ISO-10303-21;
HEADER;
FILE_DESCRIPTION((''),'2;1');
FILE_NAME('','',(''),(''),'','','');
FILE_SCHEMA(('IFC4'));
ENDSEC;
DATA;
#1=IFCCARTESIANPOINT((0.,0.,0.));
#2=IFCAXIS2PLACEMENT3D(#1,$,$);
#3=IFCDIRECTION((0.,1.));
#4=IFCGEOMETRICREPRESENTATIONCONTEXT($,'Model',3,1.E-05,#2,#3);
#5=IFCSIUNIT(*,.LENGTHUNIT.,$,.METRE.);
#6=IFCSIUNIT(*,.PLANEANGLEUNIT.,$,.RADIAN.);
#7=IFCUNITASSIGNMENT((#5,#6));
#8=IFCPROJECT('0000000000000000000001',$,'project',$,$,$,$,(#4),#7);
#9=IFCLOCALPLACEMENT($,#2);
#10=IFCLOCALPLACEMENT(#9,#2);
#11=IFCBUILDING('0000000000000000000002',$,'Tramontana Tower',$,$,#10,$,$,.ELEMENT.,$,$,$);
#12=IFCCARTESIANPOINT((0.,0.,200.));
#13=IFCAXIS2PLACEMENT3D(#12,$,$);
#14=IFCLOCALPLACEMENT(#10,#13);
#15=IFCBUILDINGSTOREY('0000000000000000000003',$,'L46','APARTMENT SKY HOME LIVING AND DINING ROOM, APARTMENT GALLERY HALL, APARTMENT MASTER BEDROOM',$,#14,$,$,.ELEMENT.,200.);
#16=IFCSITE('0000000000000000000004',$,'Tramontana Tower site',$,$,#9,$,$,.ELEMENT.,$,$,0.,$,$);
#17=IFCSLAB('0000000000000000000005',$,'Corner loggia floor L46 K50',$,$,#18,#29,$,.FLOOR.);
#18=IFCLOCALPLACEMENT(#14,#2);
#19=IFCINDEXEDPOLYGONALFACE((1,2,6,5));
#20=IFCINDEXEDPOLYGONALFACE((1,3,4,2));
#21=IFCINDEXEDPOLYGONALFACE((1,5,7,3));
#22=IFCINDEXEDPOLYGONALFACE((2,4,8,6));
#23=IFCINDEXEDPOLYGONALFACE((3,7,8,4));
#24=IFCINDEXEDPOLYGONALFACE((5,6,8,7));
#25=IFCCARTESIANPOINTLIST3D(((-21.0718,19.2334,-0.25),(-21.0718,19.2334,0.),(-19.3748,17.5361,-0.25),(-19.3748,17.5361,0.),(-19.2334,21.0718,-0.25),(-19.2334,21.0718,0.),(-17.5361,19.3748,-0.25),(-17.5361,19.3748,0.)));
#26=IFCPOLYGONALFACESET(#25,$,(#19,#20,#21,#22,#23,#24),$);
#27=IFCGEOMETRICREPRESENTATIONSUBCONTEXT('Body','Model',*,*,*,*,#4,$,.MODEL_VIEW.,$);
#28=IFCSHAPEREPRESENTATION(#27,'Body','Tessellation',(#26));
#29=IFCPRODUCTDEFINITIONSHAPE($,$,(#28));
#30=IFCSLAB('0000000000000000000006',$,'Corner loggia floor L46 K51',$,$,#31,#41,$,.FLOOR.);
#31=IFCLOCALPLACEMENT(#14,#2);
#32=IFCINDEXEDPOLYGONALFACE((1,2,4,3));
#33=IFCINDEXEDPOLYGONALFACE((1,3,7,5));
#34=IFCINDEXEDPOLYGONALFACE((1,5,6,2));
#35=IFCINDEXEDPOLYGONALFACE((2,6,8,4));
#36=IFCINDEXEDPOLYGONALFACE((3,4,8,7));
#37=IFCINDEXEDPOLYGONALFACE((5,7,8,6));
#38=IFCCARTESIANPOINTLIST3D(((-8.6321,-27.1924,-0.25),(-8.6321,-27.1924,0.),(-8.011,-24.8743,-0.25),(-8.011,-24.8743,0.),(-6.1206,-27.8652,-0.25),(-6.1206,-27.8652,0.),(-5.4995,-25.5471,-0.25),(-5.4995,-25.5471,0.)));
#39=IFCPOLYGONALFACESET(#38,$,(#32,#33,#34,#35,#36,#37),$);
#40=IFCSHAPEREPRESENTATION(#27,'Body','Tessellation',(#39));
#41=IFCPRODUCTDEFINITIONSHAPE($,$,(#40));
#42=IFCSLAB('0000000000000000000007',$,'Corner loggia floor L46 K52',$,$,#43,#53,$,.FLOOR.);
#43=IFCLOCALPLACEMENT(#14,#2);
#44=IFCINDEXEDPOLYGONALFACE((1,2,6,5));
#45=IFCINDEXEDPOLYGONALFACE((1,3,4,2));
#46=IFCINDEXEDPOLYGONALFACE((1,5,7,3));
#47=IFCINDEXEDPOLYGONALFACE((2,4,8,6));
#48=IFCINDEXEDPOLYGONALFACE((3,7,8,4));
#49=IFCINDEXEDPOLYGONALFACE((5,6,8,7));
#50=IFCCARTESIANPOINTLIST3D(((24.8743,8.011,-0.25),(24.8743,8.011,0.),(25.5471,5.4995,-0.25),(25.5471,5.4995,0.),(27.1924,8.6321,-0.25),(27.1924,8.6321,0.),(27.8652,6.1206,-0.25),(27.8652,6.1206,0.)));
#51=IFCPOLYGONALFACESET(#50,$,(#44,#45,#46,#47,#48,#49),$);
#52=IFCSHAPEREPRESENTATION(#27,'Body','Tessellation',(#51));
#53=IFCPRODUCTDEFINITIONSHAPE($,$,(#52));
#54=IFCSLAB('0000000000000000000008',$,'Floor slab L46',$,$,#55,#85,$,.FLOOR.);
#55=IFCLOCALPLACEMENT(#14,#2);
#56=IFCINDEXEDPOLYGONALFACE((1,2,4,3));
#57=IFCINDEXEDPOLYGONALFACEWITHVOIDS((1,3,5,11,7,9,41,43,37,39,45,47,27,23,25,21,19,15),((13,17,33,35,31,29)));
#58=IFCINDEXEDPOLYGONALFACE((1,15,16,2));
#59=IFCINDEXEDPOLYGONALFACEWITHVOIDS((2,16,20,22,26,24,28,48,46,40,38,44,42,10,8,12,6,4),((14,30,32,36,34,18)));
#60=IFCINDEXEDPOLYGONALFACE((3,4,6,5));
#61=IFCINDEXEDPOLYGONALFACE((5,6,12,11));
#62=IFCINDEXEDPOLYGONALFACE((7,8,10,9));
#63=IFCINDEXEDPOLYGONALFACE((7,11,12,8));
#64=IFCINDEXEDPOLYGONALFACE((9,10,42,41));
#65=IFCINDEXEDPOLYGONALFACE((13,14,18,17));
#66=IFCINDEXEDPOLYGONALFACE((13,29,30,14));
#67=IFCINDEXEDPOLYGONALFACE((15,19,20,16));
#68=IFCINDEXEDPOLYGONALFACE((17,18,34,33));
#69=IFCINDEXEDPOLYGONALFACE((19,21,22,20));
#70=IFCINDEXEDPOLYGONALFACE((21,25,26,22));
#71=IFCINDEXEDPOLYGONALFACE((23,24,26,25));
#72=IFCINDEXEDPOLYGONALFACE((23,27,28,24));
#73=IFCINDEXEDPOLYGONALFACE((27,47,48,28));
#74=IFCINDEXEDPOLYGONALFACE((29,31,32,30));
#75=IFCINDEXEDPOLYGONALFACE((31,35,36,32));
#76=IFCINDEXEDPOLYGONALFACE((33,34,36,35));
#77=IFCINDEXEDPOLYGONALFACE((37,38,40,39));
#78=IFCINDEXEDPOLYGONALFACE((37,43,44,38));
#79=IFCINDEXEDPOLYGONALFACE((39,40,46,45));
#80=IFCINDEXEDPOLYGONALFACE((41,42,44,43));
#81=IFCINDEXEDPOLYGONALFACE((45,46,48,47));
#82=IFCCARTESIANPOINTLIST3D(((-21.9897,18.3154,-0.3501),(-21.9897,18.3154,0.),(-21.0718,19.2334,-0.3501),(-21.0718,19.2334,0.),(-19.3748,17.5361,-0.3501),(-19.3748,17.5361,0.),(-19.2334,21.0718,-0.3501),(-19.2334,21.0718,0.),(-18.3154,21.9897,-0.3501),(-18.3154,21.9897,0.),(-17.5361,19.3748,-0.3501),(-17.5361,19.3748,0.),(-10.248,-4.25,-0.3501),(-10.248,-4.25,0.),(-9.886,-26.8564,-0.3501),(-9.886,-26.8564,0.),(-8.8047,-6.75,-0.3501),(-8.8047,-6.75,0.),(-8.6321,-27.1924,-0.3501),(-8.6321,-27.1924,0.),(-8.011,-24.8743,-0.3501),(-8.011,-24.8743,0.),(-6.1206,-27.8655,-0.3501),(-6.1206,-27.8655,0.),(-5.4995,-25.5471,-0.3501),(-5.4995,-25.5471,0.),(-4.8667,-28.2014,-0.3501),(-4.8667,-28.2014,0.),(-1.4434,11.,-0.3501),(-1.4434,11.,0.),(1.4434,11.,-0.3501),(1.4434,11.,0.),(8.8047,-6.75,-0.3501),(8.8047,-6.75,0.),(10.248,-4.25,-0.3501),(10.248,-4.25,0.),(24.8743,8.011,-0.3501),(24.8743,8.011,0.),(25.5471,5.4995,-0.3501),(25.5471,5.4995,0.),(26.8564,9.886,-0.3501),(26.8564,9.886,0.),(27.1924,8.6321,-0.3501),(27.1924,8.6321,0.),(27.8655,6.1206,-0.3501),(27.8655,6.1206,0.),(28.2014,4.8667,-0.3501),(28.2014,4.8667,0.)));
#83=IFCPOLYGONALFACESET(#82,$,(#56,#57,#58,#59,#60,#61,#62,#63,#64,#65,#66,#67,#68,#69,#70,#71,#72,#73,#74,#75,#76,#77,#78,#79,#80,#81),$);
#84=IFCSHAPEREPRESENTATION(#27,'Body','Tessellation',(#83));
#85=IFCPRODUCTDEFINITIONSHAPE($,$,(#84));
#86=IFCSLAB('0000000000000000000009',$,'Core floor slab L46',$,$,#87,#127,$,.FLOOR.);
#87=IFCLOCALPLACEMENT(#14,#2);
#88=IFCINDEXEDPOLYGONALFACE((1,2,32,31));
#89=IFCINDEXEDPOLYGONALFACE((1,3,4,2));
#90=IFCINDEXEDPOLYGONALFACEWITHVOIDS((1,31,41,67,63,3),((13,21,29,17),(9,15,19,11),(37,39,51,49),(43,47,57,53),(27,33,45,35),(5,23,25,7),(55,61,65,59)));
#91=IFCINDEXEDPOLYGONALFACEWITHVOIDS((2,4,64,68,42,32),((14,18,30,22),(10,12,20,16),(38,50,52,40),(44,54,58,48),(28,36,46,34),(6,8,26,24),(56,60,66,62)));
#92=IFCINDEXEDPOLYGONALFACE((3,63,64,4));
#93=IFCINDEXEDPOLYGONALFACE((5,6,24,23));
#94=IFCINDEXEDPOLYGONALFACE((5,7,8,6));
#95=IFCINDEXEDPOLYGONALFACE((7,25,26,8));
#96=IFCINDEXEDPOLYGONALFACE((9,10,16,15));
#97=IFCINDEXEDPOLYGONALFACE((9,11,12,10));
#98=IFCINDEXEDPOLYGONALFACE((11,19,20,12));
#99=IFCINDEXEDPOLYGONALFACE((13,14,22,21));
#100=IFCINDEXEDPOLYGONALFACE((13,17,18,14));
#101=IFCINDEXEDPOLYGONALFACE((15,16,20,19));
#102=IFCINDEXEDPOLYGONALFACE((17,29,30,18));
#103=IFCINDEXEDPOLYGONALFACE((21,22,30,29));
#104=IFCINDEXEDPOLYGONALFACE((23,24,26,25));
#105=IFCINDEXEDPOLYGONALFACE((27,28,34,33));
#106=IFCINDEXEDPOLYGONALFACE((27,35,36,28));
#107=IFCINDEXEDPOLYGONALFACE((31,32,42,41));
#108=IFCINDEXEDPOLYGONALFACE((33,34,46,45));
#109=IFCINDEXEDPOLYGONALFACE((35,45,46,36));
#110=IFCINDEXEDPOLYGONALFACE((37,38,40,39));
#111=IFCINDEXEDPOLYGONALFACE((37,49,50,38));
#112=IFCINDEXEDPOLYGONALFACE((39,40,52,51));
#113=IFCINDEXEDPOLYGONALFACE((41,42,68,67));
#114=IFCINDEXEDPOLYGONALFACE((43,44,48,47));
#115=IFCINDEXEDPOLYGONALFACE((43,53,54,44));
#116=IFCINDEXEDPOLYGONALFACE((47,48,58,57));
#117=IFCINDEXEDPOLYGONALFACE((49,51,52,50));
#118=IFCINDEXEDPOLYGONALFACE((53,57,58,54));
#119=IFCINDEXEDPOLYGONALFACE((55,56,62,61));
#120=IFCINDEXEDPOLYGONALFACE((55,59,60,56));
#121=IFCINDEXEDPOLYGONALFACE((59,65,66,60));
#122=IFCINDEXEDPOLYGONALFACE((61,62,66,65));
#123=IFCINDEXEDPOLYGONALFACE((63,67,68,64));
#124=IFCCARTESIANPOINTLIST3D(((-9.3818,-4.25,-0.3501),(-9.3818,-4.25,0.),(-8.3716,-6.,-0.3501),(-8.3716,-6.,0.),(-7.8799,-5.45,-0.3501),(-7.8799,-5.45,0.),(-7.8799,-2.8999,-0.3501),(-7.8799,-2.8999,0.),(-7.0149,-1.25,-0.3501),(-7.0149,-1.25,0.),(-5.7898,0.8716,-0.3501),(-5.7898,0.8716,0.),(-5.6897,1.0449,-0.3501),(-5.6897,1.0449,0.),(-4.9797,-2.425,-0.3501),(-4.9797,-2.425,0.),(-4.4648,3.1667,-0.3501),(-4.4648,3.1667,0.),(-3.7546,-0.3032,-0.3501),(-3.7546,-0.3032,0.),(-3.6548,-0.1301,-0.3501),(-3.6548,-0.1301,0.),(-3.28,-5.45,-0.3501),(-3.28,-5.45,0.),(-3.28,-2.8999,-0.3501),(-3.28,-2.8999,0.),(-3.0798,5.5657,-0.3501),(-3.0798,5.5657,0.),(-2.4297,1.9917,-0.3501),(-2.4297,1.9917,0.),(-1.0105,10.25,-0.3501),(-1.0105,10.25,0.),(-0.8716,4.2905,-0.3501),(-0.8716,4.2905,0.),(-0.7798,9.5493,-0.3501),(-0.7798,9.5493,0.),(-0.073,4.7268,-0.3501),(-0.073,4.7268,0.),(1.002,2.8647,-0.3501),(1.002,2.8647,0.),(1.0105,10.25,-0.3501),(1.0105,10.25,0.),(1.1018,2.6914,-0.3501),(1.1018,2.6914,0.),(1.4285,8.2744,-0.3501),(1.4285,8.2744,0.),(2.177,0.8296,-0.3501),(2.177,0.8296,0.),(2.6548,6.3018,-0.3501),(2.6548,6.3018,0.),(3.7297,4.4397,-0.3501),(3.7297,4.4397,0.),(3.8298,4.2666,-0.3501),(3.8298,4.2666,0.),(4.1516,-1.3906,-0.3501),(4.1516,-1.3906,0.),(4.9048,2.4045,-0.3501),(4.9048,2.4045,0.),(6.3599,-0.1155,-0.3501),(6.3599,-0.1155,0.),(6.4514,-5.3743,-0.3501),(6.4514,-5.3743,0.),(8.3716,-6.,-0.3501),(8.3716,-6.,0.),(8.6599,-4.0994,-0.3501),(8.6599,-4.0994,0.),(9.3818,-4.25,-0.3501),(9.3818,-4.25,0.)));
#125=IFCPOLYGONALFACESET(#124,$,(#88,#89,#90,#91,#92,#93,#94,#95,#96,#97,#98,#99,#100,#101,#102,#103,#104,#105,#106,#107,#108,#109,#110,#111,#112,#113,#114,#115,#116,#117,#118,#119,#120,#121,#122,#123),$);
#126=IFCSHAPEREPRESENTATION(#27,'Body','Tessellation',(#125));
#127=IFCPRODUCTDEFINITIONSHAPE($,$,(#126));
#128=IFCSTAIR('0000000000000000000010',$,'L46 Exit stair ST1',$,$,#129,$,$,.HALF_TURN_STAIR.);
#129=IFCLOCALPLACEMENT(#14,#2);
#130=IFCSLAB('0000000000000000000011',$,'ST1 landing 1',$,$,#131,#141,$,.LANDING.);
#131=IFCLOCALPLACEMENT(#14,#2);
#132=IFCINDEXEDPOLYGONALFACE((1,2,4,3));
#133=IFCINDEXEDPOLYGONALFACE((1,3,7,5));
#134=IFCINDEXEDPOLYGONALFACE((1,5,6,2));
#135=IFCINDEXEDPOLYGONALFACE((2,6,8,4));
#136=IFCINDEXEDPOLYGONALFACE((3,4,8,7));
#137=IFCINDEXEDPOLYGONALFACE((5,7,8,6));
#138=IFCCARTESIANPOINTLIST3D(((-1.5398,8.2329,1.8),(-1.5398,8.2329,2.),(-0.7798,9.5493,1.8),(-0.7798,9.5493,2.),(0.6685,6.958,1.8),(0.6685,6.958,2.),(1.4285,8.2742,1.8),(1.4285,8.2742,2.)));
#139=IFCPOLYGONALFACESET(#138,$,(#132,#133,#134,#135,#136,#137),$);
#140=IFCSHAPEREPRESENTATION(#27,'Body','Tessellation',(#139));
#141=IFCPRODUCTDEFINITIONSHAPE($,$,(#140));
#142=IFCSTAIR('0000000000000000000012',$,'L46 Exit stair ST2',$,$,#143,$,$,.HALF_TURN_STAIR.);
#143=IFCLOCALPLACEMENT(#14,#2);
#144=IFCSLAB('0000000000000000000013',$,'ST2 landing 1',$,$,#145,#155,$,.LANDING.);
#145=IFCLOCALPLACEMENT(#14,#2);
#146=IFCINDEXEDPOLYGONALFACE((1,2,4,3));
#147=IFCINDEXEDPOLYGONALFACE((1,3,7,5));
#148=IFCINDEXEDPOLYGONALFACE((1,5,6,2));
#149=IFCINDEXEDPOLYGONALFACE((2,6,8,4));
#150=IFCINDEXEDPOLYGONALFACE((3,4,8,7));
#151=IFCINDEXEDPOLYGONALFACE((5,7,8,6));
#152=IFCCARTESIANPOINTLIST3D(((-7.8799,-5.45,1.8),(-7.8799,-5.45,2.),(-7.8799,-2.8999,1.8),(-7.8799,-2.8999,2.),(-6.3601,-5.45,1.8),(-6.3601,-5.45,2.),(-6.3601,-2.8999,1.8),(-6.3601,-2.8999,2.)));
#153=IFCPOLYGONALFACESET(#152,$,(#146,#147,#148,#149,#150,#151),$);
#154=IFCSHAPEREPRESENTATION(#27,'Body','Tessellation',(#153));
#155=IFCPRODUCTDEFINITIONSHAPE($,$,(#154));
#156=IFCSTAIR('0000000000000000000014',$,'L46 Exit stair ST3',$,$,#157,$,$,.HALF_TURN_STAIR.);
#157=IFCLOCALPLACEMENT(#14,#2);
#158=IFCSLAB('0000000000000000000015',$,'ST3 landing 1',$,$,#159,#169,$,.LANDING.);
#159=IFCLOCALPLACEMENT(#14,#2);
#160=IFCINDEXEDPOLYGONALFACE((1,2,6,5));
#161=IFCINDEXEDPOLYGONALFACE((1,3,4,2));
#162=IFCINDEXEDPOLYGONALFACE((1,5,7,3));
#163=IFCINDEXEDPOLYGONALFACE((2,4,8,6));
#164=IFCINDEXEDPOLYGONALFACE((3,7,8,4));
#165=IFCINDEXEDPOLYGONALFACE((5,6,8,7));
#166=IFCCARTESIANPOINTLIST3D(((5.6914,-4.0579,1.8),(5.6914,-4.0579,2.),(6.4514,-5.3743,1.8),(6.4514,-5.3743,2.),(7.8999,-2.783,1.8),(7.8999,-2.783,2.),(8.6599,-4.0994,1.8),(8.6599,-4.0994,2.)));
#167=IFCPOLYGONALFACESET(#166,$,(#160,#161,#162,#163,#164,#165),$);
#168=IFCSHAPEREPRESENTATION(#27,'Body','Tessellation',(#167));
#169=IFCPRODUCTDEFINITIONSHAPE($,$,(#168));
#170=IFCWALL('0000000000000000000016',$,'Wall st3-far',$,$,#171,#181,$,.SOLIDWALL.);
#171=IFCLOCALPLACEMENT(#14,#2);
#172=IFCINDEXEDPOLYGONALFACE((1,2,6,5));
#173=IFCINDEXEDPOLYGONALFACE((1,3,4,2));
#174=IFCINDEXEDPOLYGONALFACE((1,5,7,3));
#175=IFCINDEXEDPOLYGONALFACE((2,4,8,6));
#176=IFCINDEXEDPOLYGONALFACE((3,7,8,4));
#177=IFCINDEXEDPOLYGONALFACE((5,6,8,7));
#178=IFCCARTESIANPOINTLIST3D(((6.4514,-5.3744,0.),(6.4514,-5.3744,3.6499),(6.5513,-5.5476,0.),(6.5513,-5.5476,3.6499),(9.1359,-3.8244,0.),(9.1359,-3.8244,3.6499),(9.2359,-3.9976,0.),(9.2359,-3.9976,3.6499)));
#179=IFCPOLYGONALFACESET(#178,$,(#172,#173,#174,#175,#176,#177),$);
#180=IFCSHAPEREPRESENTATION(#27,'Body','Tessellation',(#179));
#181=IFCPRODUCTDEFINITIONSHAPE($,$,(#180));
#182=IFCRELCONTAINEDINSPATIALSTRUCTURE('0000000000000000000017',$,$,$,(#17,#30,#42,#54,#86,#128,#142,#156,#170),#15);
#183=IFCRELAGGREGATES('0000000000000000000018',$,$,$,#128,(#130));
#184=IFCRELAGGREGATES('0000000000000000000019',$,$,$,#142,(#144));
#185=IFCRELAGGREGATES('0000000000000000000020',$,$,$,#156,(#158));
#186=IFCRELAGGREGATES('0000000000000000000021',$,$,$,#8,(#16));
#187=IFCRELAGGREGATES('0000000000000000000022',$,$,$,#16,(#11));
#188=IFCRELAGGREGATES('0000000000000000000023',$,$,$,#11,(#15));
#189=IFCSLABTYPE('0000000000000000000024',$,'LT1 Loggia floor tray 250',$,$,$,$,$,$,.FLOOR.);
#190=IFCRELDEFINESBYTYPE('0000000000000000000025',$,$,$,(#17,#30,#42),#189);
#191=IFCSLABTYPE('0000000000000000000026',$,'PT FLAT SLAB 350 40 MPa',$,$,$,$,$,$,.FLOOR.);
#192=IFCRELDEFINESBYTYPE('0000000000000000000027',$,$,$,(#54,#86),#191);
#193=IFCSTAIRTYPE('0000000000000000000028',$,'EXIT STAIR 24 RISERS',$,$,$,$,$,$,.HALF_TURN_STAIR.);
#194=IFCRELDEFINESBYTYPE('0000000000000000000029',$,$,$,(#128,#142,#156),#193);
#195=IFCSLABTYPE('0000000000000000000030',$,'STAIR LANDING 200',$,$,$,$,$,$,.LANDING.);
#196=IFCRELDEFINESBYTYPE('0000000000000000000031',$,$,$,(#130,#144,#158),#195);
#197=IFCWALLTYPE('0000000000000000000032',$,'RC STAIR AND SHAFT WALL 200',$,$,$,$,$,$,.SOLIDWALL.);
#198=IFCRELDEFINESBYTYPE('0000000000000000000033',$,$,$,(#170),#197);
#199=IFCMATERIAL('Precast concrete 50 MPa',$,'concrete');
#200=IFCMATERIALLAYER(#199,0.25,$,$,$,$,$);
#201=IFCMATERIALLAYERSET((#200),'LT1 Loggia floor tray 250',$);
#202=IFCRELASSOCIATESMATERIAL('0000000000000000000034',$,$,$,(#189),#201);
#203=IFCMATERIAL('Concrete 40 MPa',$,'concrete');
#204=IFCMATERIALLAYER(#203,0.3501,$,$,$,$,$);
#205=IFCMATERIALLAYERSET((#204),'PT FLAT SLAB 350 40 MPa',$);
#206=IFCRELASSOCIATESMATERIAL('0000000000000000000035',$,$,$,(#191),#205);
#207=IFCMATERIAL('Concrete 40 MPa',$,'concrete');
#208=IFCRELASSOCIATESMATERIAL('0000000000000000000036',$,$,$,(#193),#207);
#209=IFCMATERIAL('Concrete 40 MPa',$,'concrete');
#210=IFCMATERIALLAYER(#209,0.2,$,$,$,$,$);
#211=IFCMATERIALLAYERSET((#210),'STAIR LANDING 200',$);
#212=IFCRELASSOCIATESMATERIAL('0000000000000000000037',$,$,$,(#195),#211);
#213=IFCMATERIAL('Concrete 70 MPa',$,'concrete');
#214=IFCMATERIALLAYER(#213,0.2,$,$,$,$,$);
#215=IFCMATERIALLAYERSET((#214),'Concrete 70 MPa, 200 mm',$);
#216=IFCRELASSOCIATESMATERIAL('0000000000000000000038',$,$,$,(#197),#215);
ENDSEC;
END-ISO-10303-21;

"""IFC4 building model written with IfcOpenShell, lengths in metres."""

from ifc_helpers import new_model, si_unit, direction, frame, frame_2d, origin, place, context, subcontext, project, spatial, polyline, rectangle, outline, extrude, material, layer, layer_set, type_object, element, aggregate, save


model = new_model("IFC4")

# Units and contexts
model_context = context("Model", 3, precision=1e-05, world=origin(), true_north=direction((0.0, 1.0)))
body_context = subcontext(model_context, "Body", "Model", "MODEL_VIEW")
ifc_project = project(units=[si_unit("LENGTHUNIT", "METRE"), si_unit("PLANEANGLEUNIT", "RADIAN")], contexts=[model_context])

# Site, building, storey
site_placement = place(None, origin())
site = spatial("IfcSite", under=ifc_project, at=site_placement, Name="Tramontana Tower site", CompositionType="ELEMENT", RefElevation=0.0)
building_placement = place(site_placement, origin())
building = spatial("IfcBuilding", under=site, at=building_placement, Name="Tramontana Tower", CompositionType="ELEMENT")
storey_placement = place(building_placement, frame((0.0, 0.0, 200.0)))
storey = spatial("IfcBuildingStorey", under=building, at=storey_placement, Name="L46", Description="APARTMENT SKY HOME LIVING AND DINING ROOM, APARTMENT GALLERY HALL, APARTMENT MASTER BEDROOM", CompositionType="ELEMENT", Elevation=200.0)

# Slabs
ifc_material_1 = material(Name="Precast concrete 50 MPa", Category="concrete")
ifc_layer_1 = layer(ifc_material_1, 0.25)
ifc_layer_set_1 = layer_set([ifc_layer_1], Name="LT1 Loggia floor tray 250")
slab_type_1 = type_object("IfcSlabType", Name="LT1 Loggia floor tray 250", PredefinedType="FLOOR", material=ifc_layer_set_1)
slab_1_placement = place(storey_placement, frame((0.0, 0.0, -0.25)))
element("IfcSlab", 1, at=slab_1_placement, inside=storey, type_object=slab_type_1, Name="Corner loggia floor L46 K50", PredefinedType="FLOOR", context=body_context, shape_type="SweptSolid", body=[
    extrude(outline(polyline([(-19.2334, 21.0718), (-17.5361, 19.3748), (-19.3748, 17.5361), (-21.0718, 19.2334), (-19.2334, 21.0718)])), origin(), (0.0, 0.0, 1.0), 0.25),
])
slab_2_placement = place(storey_placement, frame((0.0, 0.0, -0.25)))
element("IfcSlab", 2, at=slab_2_placement, inside=storey, type_object=slab_type_1, Name="Corner loggia floor L46 K51", PredefinedType="FLOOR", context=body_context, shape_type="SweptSolid", body=[
    extrude(outline(polyline([(-8.6321, -27.1924), (-8.011, -24.8743), (-5.4995, -25.5471), (-6.1206, -27.8652), (-8.6321, -27.1924)])), origin(), (0.0, 0.0, 1.0), 0.25),
])
slab_3_placement = place(storey_placement, frame((0.0, 0.0, -0.25)))
element("IfcSlab", 3, at=slab_3_placement, inside=storey, type_object=slab_type_1, Name="Corner loggia floor L46 K52", PredefinedType="FLOOR", context=body_context, shape_type="SweptSolid", body=[
    extrude(outline(polyline([(27.8652, 6.1206), (25.5471, 5.4995), (24.8743, 8.011), (27.1924, 8.6321), (27.8652, 6.1206)])), origin(), (0.0, 0.0, 1.0), 0.25),
])
ifc_material_2 = material(Name="Concrete 40 MPa", Category="concrete")
ifc_layer_2 = layer(ifc_material_2, 0.3501)
ifc_layer_set_2 = layer_set([ifc_layer_2], Name="PT FLAT SLAB 350 40 MPa")
slab_type_2 = type_object("IfcSlabType", Name="PT FLAT SLAB 350 40 MPa", PredefinedType="FLOOR", material=ifc_layer_set_2)
slab_4_placement = place(storey_placement, frame((0.0, 0.0, -0.3501)))
element("IfcSlab", 4, at=slab_4_placement, inside=storey, type_object=slab_type_2, Name="Floor slab L46", PredefinedType="FLOOR", context=body_context, shape_type="SweptSolid", body=[
    extrude(outline(polyline([(27.1924, 8.6321), (24.8743, 8.011), (25.5471, 5.4995), (27.8655, 6.1206), (28.2014, 4.8667), (-4.8667, -28.2014), (-6.1206, -27.8655), (-5.4995, -25.5471), (-8.011, -24.8743), (-8.6321, -27.1924), (-9.886, -26.8564), (-21.9897, 18.3154), (-21.0718, 19.2334), (-19.3748, 17.5361), (-17.5361, 19.3748), (-19.2334, 21.0718), (-18.3154, 21.9897), (26.8564, 9.886), (27.1924, 8.6321)]), holes=[polyline([(-10.248, -4.25), (-8.8047, -6.75), (8.8047, -6.75), (10.248, -4.25), (1.4434, 11.0), (-1.4434, 11.0), (-10.248, -4.25)])]), origin(), (0.0, 0.0, 1.0), 0.3501),
])
slab_5_placement = place(storey_placement, frame((0.0, 0.0, -0.3501)))
element("IfcSlab", 5, at=slab_5_placement, inside=storey, type_object=slab_type_2, Name="Core floor slab L46", PredefinedType="FLOOR", context=body_context, shape_type="SweptSolid", body=[
    extrude(outline(polyline([(9.3818, -4.25), (8.3716, -6.0), (-8.3716, -6.0), (-9.3818, -4.25), (-1.0105, 10.25), (1.0105, 10.25), (9.3818, -4.25)]), holes=[polyline([(8.6599, -4.0994), (6.3599, -0.1155), (4.1516, -1.3906), (6.4514, -5.3743), (8.6599, -4.0994)]), polyline([(3.8298, 4.2666), (1.1018, 2.6914), (2.177, 0.8296), (4.9048, 2.4045), (3.8298, 4.2666)]), polyline([(2.6548, 6.3018), (-0.073, 4.7268), (1.002, 2.8647), (3.7297, 4.4397), (2.6548, 6.3018)]), polyline([(-0.7798, 9.5493), (-3.0798, 5.5657), (-0.8716, 4.2905), (1.4285, 8.2744), (-0.7798, 9.5493)]), polyline([(-5.6897, 1.0449), (-3.6548, -0.1301), (-2.4297, 1.9917), (-4.4648, 3.1667), (-5.6897, 1.0449)]), polyline([(-3.28, -5.45), (-3.28, -2.8999), (-7.8799, -2.8999), (-7.8799, -5.45), (-3.28, -5.45)]), polyline([(-7.0149, -1.25), (-4.9797, -2.425), (-3.7546, -0.3032), (-5.7898, 0.8716), (-7.0149, -1.25)])]), origin(), (0.0, 0.0, 1.0), 0.3501),
])

# Stairs, slabs
ifc_material_3 = material(Name="Concrete 40 MPa", Category="concrete")
stair_type = type_object("IfcStairType", Name="EXIT STAIR 24 RISERS", PredefinedType="HALF_TURN_STAIR", material=ifc_material_3)
stair_1_placement = place(storey_placement, origin())
stair_1 = element("IfcStair", 6, at=stair_1_placement, inside=storey, type_object=stair_type, Name="L46 Exit stair ST1", PredefinedType="HALF_TURN_STAIR")
ifc_material_4 = material(Name="Concrete 40 MPa", Category="concrete")
ifc_layer_3 = layer(ifc_material_4, 0.2)
ifc_layer_set_3 = layer_set([ifc_layer_3], Name="STAIR LANDING 200")
slab_type_3 = type_object("IfcSlabType", Name="STAIR LANDING 200", PredefinedType="LANDING", material=ifc_layer_set_3)
slab_6_placement = place(storey_placement, frame((0.0, 0.0, 1.8)))
slab_6 = element("IfcSlab", 7, at=slab_6_placement, type_object=slab_type_3, Name="ST1 landing 1", PredefinedType="LANDING", context=body_context, shape_type="SweptSolid", body=[
    extrude(outline(polyline([(0.6685, 6.958), (1.4285, 8.2742), (-0.7798, 9.5493), (-1.5398, 8.2329), (0.6685, 6.958)])), origin(), (0.0, 0.0, 1.0), 0.2),
])
aggregate(stair_1, [slab_6])
stair_2_placement = place(storey_placement, origin())
stair_2 = element("IfcStair", 8, at=stair_2_placement, inside=storey, type_object=stair_type, Name="L46 Exit stair ST2", PredefinedType="HALF_TURN_STAIR")
slab_7_placement = place(storey_placement, frame((0.0, 0.0, 1.8)))
slab_7 = element("IfcSlab", 9, at=slab_7_placement, type_object=slab_type_3, Name="ST2 landing 1", PredefinedType="LANDING", context=body_context, shape_type="SweptSolid", body=[
    extrude(outline(polyline([(-6.3601, -2.8999), (-7.8799, -2.8999), (-7.8799, -5.45), (-6.3601, -5.45), (-6.3601, -2.8999)])), origin(), (0.0, 0.0, 1.0), 0.2),
])
aggregate(stair_2, [slab_7])
stair_3_placement = place(storey_placement, origin())
stair_3 = element("IfcStair", 10, at=stair_3_placement, inside=storey, type_object=stair_type, Name="L46 Exit stair ST3", PredefinedType="HALF_TURN_STAIR")
slab_8_placement = place(storey_placement, frame((0.0, 0.0, 1.8)))
slab_8 = element("IfcSlab", 11, at=slab_8_placement, type_object=slab_type_3, Name="ST3 landing 1", PredefinedType="LANDING", context=body_context, shape_type="SweptSolid", body=[
    extrude(outline(polyline([(5.6914, -4.0579), (6.4514, -5.3743), (8.6599, -4.0994), (7.8999, -2.783), (5.6914, -4.0579)])), origin(), (0.0, 0.0, 1.0), 0.2),
])

# Wall
ifc_material_5 = material(Name="Concrete 70 MPa", Category="concrete")
ifc_layer_4 = layer(ifc_material_5, 0.2)
ifc_layer_set_4 = layer_set([ifc_layer_4], Name="Concrete 70 MPa, 200 mm")
wall_type = type_object("IfcWallType", Name="RC STAIR AND SHAFT WALL 200", PredefinedType="SOLIDWALL", material=ifc_layer_set_4)
wall_1_placement = place(storey_placement, frame((6.5015, -5.4609, 0.0), z_axis=(0.0, 0.0, 1.0), x_axis=(0.86601, 0.500027, 0.0)))
element("IfcWall", 12, at=wall_1_placement, inside=storey, type_object=wall_type, Name="Wall st3-far", PredefinedType="SOLIDWALL", context=body_context, shape_type="SweptSolid", body=[
    extrude(rectangle(XDim=3.0999, YDim=0.2, at=frame_2d((1.5498, 0.0))), origin(), (0.0, 0.0, 1.0), 3.6499),
])

aggregate(stair_3, [slab_8])

save(model, "model.ifc")
